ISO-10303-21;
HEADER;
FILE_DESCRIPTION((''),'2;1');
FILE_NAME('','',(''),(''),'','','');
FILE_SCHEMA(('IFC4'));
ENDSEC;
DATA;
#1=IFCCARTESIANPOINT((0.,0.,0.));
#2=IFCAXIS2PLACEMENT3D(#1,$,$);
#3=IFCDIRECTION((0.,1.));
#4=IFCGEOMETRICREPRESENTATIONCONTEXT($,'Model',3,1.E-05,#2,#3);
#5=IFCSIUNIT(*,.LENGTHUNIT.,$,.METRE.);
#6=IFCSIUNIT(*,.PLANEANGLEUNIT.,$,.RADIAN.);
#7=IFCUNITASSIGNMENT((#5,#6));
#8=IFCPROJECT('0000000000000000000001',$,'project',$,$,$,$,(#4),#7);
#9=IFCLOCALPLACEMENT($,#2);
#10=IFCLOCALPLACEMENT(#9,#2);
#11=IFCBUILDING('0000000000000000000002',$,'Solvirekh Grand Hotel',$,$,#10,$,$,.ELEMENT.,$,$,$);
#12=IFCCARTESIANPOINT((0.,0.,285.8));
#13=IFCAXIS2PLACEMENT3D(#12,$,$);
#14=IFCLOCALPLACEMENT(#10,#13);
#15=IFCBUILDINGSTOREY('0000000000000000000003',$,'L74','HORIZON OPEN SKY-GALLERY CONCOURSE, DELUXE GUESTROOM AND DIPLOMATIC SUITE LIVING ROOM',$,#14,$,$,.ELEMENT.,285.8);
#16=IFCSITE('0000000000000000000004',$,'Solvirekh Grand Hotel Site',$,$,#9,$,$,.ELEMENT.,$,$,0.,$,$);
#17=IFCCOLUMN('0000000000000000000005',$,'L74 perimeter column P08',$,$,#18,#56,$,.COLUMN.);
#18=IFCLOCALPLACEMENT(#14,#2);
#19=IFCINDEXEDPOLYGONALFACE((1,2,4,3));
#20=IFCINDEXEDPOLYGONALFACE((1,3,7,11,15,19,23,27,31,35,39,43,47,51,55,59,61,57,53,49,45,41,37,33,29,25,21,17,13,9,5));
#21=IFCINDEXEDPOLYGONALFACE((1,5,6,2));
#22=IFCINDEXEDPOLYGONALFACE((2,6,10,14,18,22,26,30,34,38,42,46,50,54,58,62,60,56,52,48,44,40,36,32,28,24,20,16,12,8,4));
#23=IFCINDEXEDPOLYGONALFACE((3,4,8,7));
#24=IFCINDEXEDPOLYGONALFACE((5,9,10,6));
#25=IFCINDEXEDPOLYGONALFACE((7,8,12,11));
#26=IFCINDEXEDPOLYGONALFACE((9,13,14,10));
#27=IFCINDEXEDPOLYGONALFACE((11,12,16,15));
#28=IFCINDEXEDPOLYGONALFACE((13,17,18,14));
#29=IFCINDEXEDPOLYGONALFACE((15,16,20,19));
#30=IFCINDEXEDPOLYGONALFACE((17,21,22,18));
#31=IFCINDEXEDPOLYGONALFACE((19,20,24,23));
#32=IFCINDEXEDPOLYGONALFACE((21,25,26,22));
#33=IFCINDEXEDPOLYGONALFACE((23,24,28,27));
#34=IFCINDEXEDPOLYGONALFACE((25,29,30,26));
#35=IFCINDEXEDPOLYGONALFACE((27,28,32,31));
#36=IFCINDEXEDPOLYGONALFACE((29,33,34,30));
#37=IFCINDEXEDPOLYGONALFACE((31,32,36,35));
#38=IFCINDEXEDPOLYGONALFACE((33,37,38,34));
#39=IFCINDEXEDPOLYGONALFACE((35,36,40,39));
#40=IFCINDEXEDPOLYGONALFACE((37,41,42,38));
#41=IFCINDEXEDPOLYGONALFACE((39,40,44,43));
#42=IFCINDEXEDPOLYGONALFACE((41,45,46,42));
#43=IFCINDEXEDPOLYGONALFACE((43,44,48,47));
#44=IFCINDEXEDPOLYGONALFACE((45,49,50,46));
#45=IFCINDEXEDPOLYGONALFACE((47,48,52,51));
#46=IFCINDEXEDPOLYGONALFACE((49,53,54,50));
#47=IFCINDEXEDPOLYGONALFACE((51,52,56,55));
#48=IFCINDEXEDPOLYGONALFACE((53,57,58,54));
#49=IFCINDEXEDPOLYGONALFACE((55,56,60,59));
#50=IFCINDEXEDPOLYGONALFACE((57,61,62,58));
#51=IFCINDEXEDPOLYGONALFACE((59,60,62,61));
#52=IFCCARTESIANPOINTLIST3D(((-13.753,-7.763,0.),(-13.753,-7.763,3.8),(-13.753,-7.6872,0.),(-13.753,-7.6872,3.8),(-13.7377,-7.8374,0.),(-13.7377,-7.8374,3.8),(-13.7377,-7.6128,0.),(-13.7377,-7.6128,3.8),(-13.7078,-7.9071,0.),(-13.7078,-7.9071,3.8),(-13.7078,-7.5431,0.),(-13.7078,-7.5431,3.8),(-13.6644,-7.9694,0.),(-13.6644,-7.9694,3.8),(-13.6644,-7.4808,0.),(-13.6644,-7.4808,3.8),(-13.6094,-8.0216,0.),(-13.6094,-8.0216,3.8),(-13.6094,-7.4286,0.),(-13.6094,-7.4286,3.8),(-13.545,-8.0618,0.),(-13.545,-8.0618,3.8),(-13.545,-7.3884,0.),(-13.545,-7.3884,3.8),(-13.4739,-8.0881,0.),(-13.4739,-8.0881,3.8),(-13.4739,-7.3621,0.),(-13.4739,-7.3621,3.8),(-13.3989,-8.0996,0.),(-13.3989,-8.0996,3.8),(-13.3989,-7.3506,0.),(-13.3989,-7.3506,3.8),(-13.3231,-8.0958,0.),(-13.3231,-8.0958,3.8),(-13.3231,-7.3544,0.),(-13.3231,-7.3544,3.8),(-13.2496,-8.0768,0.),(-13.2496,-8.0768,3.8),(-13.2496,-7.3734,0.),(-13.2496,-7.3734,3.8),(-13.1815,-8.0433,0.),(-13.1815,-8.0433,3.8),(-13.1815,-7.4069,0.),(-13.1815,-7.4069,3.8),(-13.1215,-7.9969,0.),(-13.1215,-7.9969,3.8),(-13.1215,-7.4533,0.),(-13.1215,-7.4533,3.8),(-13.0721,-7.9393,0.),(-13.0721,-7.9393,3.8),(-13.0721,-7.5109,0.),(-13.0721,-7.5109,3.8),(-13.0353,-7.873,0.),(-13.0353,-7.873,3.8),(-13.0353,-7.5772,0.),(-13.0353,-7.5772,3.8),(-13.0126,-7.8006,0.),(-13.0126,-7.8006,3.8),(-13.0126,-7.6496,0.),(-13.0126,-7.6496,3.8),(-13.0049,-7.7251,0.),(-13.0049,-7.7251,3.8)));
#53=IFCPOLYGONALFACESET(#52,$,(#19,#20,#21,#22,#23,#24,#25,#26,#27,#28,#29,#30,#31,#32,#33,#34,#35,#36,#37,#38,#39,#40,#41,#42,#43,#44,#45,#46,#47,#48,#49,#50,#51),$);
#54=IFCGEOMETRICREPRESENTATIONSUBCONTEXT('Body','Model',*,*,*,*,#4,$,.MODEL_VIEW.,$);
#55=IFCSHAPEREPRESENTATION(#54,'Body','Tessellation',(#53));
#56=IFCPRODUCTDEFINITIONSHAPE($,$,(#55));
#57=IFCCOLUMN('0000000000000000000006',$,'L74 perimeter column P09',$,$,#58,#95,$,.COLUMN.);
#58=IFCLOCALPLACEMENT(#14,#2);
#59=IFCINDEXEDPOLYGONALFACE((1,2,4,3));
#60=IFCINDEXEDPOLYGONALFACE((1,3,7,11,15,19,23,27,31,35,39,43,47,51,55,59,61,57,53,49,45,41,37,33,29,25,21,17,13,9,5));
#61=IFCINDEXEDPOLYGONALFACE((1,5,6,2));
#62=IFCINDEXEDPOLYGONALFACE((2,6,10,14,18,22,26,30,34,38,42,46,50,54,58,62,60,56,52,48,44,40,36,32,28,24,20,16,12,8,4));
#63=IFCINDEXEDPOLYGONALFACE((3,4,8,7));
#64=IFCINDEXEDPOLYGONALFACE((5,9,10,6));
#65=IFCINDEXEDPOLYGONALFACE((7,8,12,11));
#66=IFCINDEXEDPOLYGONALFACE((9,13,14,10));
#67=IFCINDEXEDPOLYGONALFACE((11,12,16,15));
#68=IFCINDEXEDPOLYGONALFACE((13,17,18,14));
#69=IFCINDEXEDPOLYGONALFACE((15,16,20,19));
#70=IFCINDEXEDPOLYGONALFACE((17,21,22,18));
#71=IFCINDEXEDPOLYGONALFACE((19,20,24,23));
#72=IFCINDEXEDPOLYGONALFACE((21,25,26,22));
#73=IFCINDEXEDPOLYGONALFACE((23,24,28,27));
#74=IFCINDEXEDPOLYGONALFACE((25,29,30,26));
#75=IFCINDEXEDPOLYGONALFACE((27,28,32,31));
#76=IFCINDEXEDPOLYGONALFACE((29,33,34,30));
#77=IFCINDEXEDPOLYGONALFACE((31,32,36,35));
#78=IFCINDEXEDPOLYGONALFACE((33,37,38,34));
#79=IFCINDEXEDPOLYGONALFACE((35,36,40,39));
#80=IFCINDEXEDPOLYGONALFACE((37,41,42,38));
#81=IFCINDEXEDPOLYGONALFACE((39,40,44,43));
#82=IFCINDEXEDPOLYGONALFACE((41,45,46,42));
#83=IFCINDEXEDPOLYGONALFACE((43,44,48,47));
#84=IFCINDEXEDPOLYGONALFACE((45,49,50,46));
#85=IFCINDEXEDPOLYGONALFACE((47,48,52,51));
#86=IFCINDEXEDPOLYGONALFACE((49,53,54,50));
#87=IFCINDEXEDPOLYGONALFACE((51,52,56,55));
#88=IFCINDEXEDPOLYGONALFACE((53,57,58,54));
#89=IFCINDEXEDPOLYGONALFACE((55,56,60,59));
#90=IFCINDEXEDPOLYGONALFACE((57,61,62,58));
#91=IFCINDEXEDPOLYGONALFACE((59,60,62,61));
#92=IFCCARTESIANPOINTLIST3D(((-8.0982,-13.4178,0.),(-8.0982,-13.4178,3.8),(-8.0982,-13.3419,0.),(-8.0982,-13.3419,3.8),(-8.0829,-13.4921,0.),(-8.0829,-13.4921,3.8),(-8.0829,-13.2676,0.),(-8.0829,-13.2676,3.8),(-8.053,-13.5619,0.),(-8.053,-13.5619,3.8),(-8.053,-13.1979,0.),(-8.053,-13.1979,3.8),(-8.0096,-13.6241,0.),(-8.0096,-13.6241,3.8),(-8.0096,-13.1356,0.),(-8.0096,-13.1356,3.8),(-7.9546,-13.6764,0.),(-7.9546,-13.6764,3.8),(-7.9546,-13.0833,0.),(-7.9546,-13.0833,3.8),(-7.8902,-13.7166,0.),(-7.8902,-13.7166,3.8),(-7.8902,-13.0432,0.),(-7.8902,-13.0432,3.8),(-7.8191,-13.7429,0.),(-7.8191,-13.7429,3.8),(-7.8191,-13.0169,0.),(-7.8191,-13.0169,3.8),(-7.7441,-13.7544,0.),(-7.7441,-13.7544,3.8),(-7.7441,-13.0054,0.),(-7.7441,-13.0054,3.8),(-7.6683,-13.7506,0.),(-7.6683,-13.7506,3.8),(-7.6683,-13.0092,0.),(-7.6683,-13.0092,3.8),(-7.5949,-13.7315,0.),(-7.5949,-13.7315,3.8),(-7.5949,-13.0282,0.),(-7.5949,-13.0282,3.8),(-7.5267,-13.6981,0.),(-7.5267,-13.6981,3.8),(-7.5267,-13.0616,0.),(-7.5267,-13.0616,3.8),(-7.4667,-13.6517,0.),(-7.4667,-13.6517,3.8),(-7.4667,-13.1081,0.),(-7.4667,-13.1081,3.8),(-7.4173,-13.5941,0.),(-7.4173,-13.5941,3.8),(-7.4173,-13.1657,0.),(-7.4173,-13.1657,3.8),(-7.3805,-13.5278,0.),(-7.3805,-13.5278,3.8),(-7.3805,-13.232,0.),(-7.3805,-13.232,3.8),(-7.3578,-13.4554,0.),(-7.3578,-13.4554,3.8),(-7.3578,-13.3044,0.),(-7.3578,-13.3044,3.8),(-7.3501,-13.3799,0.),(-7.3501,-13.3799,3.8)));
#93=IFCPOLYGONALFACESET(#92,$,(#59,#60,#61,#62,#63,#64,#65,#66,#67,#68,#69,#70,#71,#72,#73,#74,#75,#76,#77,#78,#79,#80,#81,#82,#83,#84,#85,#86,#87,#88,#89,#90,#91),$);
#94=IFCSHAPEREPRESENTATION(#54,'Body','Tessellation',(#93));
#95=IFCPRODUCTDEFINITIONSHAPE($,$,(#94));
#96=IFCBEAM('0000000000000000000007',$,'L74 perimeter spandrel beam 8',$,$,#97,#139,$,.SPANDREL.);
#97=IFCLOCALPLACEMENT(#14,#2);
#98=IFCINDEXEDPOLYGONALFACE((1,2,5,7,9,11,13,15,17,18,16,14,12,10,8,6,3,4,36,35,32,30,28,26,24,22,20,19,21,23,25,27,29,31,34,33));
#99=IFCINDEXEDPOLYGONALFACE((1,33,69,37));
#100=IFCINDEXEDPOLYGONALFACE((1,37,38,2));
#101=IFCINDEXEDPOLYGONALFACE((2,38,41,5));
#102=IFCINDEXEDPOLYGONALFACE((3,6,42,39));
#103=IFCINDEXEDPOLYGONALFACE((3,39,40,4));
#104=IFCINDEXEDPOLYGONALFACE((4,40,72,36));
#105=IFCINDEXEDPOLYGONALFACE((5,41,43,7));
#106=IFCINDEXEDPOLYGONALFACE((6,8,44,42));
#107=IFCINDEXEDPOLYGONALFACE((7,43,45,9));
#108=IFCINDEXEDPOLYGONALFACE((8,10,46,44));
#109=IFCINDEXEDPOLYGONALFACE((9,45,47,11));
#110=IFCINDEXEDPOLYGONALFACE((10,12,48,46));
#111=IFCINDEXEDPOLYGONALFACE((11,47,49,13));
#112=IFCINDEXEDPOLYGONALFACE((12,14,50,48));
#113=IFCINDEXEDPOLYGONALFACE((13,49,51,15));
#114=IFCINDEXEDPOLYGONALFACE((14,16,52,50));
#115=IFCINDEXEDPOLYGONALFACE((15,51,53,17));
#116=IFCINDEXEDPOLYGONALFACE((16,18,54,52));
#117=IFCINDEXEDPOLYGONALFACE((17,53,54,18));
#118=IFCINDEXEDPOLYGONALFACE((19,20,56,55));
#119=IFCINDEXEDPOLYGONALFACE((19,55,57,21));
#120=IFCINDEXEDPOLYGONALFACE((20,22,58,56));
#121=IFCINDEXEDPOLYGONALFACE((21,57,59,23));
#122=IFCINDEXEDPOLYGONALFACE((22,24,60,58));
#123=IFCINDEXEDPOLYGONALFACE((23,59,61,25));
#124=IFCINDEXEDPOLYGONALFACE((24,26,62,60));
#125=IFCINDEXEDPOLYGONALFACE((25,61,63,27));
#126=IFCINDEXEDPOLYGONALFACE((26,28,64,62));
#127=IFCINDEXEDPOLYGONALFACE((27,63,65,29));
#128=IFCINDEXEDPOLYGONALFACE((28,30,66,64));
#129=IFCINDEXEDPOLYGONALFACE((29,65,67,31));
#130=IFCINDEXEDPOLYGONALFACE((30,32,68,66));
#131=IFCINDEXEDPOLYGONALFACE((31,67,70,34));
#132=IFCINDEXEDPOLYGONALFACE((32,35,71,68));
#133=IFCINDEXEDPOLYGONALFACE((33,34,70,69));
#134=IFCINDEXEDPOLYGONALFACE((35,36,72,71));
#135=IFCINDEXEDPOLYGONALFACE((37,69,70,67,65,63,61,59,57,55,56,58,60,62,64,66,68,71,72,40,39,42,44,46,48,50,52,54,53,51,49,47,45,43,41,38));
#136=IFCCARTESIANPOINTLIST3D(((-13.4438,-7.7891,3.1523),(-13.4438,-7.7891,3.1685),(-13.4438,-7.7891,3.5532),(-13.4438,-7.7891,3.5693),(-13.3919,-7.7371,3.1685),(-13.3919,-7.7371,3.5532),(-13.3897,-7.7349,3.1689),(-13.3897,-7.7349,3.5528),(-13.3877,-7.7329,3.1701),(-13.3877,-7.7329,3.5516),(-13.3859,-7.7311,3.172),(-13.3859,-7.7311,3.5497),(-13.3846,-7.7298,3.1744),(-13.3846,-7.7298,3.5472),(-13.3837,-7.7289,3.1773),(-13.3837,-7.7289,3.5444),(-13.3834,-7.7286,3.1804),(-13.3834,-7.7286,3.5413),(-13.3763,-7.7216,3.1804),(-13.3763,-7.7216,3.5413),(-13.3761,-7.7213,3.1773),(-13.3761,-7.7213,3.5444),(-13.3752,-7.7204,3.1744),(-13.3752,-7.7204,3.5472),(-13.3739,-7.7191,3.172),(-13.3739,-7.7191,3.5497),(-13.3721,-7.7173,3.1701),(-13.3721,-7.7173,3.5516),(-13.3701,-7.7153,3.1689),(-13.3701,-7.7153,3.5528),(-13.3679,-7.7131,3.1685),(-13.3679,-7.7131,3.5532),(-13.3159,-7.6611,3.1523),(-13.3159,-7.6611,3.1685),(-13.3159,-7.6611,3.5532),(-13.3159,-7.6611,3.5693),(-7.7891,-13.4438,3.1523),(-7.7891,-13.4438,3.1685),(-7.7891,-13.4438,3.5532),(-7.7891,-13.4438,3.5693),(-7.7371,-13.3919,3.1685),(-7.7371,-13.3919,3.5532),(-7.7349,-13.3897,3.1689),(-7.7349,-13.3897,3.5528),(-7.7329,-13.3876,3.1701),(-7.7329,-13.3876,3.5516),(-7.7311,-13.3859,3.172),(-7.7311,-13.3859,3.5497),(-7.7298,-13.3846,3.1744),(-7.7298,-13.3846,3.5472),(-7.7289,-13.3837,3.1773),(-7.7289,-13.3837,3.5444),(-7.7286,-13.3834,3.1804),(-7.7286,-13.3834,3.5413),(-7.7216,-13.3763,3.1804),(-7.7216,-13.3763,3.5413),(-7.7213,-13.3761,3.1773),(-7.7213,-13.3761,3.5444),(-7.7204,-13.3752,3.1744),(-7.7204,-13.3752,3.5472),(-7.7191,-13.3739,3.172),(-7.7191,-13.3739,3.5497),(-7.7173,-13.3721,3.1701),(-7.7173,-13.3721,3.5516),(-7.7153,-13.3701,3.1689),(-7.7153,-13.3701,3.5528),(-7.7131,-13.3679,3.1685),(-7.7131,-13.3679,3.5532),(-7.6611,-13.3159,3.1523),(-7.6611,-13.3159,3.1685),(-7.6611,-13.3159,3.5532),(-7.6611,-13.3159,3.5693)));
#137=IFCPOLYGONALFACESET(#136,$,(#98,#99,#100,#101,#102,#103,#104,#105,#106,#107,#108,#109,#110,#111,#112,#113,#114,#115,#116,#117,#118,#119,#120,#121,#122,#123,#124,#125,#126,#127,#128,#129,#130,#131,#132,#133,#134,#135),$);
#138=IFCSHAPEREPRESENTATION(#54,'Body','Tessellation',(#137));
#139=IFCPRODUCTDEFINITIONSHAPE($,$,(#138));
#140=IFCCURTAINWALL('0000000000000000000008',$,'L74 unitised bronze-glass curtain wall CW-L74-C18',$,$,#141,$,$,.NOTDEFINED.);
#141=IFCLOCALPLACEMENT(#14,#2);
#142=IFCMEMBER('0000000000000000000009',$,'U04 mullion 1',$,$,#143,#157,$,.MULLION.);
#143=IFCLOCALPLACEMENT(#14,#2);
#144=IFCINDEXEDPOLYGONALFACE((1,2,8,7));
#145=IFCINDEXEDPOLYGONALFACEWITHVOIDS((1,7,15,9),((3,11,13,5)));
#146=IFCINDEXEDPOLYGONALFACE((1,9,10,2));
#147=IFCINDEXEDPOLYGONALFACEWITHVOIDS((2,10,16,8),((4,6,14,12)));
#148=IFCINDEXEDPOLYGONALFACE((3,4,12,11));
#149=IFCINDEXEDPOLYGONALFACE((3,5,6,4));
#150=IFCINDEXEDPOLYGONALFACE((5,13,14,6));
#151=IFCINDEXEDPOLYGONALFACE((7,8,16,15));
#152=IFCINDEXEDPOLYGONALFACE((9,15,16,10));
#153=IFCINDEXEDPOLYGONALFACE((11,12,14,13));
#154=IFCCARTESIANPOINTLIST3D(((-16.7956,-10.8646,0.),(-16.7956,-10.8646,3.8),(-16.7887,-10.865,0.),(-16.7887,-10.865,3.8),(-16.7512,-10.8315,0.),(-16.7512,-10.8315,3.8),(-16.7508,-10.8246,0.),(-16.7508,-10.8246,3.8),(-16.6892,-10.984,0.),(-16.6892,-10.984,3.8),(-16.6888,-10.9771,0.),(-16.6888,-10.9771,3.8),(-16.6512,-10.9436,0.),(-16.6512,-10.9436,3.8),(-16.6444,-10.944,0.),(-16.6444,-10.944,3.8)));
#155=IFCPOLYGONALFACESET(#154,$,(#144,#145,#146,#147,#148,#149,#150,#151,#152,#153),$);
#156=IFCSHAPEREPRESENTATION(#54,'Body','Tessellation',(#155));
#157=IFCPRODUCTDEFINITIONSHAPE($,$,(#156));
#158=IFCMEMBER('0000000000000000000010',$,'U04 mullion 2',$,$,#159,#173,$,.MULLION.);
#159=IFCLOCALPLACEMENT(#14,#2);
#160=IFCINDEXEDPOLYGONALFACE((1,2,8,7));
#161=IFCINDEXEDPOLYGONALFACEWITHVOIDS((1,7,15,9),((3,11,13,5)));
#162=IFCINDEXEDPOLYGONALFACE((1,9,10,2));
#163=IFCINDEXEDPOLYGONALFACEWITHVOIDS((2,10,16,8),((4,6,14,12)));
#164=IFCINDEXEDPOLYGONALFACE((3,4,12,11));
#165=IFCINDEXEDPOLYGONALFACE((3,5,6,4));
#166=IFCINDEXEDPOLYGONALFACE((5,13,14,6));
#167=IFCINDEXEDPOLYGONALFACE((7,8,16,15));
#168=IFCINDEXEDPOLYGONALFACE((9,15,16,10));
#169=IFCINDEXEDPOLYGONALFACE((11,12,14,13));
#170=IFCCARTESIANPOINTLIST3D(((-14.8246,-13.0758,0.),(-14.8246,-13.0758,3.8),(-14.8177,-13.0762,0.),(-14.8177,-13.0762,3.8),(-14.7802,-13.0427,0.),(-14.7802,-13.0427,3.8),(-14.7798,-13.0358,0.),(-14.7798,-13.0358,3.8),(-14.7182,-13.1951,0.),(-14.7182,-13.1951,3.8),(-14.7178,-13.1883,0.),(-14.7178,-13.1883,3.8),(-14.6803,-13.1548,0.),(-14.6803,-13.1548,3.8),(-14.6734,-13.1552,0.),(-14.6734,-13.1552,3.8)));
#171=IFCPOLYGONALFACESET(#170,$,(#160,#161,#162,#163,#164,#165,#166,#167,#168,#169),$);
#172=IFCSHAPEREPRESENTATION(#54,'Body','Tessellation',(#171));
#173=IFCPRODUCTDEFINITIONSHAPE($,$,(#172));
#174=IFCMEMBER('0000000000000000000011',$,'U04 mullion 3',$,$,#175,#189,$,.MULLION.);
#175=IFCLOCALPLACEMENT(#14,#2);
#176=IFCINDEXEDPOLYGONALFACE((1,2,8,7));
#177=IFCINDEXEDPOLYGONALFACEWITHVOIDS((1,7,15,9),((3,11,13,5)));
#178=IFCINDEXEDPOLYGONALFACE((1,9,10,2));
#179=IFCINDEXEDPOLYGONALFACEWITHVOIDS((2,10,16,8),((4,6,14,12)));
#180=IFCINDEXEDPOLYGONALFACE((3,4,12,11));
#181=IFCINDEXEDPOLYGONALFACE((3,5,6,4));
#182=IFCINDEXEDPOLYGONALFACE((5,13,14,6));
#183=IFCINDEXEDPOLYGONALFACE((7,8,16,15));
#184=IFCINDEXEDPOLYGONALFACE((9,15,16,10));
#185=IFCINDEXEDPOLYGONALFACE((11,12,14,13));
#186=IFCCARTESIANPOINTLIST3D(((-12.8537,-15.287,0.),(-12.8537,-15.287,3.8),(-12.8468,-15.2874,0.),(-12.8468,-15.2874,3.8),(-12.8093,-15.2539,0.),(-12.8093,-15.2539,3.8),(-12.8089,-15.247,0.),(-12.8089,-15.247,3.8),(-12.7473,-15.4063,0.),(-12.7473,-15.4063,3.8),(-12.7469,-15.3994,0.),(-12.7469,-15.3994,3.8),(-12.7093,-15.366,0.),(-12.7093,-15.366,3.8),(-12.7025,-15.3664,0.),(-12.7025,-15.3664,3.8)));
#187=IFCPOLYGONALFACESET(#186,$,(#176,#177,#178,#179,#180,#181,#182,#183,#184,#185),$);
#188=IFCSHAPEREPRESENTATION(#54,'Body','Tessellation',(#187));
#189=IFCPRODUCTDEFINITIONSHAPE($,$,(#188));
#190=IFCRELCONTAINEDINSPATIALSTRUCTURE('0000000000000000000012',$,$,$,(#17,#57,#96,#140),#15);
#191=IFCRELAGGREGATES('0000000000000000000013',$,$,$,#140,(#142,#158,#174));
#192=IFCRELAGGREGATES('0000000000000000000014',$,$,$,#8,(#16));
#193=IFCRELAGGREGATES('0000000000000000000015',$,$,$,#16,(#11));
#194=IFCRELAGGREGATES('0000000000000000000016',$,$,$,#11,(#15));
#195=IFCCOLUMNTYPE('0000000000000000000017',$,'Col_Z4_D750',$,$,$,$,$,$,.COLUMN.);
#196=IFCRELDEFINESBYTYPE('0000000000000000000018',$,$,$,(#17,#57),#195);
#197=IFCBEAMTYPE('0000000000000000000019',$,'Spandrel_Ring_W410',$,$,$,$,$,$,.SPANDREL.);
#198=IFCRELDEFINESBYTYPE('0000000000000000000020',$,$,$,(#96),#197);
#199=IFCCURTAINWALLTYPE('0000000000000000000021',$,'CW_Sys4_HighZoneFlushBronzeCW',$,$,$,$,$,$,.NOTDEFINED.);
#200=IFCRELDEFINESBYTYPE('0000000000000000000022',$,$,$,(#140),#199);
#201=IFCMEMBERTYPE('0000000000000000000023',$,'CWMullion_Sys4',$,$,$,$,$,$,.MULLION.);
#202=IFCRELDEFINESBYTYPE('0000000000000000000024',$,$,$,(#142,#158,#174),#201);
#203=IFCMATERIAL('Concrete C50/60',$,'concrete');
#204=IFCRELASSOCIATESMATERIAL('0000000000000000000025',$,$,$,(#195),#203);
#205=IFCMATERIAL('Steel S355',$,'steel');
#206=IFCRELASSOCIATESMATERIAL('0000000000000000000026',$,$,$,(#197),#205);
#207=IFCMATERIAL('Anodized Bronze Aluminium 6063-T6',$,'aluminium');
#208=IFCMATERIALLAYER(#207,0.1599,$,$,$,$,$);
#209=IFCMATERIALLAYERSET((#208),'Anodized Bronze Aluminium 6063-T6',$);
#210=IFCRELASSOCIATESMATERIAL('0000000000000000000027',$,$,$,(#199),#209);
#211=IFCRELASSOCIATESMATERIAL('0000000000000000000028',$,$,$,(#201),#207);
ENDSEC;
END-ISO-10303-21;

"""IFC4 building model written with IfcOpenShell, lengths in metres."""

from ifc_helpers import new_model, si_unit, direction, frame, origin, origin_2d, place, context, subcontext, project, spatial, hollow_rectangle, circle, i_section, extrude, source, transform, mapped, material, layer, layer_set, material_profile, profile_set, type_object, element, aggregate, save


model = new_model("IFC4")

# Units and contexts
model_context = context("Model", 3, precision=1e-05, world=origin(), true_north=direction((0.0, 1.0)))
body_context = subcontext(model_context, "Body", "Model", "MODEL_VIEW")
ifc_project = project(units=[si_unit("LENGTHUNIT", "METRE"), si_unit("PLANEANGLEUNIT", "RADIAN")], contexts=[model_context])

# Site, building, storey
site_placement = place(None, origin())
site = spatial("IfcSite", under=ifc_project, at=site_placement, Name="Solvirekh Grand Hotel Site", CompositionType="ELEMENT", RefElevation=0.0)
building_placement = place(site_placement, origin())
building = spatial("IfcBuilding", under=site, at=building_placement, Name="Solvirekh Grand Hotel", CompositionType="ELEMENT")
storey_placement = place(building_placement, frame((0.0, 0.0, 285.8)))
storey = spatial("IfcBuildingStorey", under=building, at=storey_placement, Name="L74", Description="HORIZON OPEN SKY-GALLERY CONCOURSE, DELUXE GUESTROOM AND DIPLOMATIC SUITE LIVING ROOM", CompositionType="ELEMENT", Elevation=285.8)

# Columns
ifc_material_1 = material(Name="Concrete C50/60", Category="concrete")
ifc_material_profile_1 = material_profile(ifc_material_1, circle(Radius=0.375, at=origin_2d()), Name="RC CIRC D750")
ifc_profile_set_1 = profile_set([ifc_material_profile_1], Name="Concrete C50/60")
column_type = type_object("IfcColumnType", Name="Col_Z4_D750", PredefinedType="COLUMN", material=ifc_profile_set_1)
for number, where, z_axis, x_axis, name in (
    (1, (-13.3799, -7.7251, 0.0), (0.0, 0.0, 1.0), (1.0, 0.0, 0.0), "L74 perimeter column P08"),
    (2, (-7.7251, -13.3799, 0.0), (0.0, 0.0, 1.0), (1.0, 0.0, 0.0), "L74 perimeter column P09"),
):
    element("IfcColumn", number, at=place(storey_placement, frame(where, z_axis=z_axis, x_axis=x_axis)), inside=storey, type_object=column_type, Name=name, PredefinedType="COLUMN", context=body_context, shape_type="SweptSolid", body=[
        extrude(circle(Radius=0.375, at=origin_2d()), origin(), (0.0, 0.0, 1.0), 3.8),
    ])

# Beam
ifc_material_2 = material(Name="Steel S355", Category="steel")
ifc_material_profile_2 = material_profile(ifc_material_2, i_section(OverallWidth=0.1809, OverallDepth=0.417, WebThickness=0.01, FlangeThickness=0.0161, FilletRadius=0.012, at=origin_2d()), Name="W410X85")
ifc_profile_set_2 = profile_set([ifc_material_profile_2], Name="Steel S355")
beam_type = type_object("IfcBeamType", Name="Spandrel_Ring_W410", PredefinedType="SPANDREL", material=ifc_profile_set_2)
beam_placement = place(storey_placement, frame((-13.3799, -7.7251, 3.3608), z_axis=(0.707107, -0.707107, 0.0), x_axis=(0.707107, 0.707107, 0.0)))
element("IfcBeam", 3, at=beam_placement, inside=storey, type_object=beam_type, Name="L74 perimeter spandrel beam 8", PredefinedType="SPANDREL", context=body_context, shape_type="SweptSolid", body=[
    extrude(i_section(OverallWidth=0.1809, OverallDepth=0.417, WebThickness=0.01, FlangeThickness=0.0161, FilletRadius=0.012, at=origin_2d()), origin(), (0.0, 0.0, 1.0), 7.9971),
])

# Curtain wall, members
ifc_material_3 = material(Name="Anodized Bronze Aluminium 6063-T6", Category="aluminium")
ifc_layer_1 = layer(ifc_material_3, 0.1599)
ifc_layer_set_1 = layer_set([ifc_layer_1], Name="Anodized Bronze Aluminium 6063-T6")
curtain_wall_type = type_object("IfcCurtainWallType", Name="CW_Sys4_HighZoneFlushBronzeCW", PredefinedType="NOTDEFINED", material=ifc_layer_set_1)
curtain_wall_placement = place(storey_placement, origin())
curtain_wall = element("IfcCurtainWall", 4, at=curtain_wall_placement, inside=storey, type_object=curtain_wall_type, Name="L74 unitised bronze-glass curtain wall CW-L74-C18", PredefinedType="NOTDEFINED")
ifc_material_profile_3 = material_profile(ifc_material_3, hollow_rectangle(XDim=0.0601, YDim=0.1599, WallThickness=0.0049, at=origin_2d()), Name="ALU RHS 160X60X5")
ifc_profile_set_3 = profile_set([ifc_material_profile_3], Name="Anodized Bronze Aluminium 6063-T6")
member_type_1 = type_object("IfcMemberType", Name="CWMullion_Sys4", PredefinedType="MULLION", material=ifc_profile_set_3)
shared_shape_1 = source(origin(), body_context, "Body", "SweptSolid", [
    extrude(hollow_rectangle(XDim=0.0601, YDim=0.1599, WallThickness=0.0049, at=origin_2d()), origin(), (0.0, 0.0, 1.0), 3.8),
])
member_1_placement = place(storey_placement, frame((-16.72, -10.9043, 0.0), z_axis=(0.0, 0.0, 1.0), x_axis=(0.746468, 0.665421, 0.0)))
member_1 = element("IfcMember", 5, at=member_1_placement, type_object=member_type_1, Name="U04 mullion 1", PredefinedType="MULLION", context=body_context, shape_type="MappedRepresentation", body=[
    mapped(shared_shape_1, transform((0.0, 0.0, 0.0), x_axis=(1.0, 0.0, 0.0), y_axis=(0.0, 1.0, 0.0), z_axis=(0.0, 0.0, 1.0), scale=1.0)),
])
member_2_placement = place(storey_placement, frame((-14.749, -13.1155, 0.0), z_axis=(0.0, 0.0, 1.0), x_axis=(0.746468, 0.665421, 0.0)))
member_2 = element("IfcMember", 6, at=member_2_placement, type_object=member_type_1, Name="U04 mullion 2", PredefinedType="MULLION", context=body_context, shape_type="MappedRepresentation", body=[
    mapped(shared_shape_1, transform((0.0, 0.0, 0.0), x_axis=(1.0, 0.0, 0.0), y_axis=(0.0, 1.0, 0.0), z_axis=(0.0, 0.0, 1.0), scale=1.0)),
])
member_3_placement = place(storey_placement, frame((-12.7781, -15.3267, 0.0), z_axis=(0.0, 0.0, 1.0), x_axis=(0.746468, 0.665421, 0.0)))
member_3 = element("IfcMember", 7, at=member_3_placement, type_object=member_type_1, Name="U04 mullion 3", PredefinedType="MULLION", context=body_context, shape_type="MappedRepresentation", body=[
    mapped(shared_shape_1, transform((0.0, 0.0, 0.0), x_axis=(1.0, 0.0, 0.0), y_axis=(0.0, 1.0, 0.0), z_axis=(0.0, 0.0, 1.0), scale=1.0)),
])
aggregate(curtain_wall, [member_1, member_2, member_3])

save(model, "model.ifc")
